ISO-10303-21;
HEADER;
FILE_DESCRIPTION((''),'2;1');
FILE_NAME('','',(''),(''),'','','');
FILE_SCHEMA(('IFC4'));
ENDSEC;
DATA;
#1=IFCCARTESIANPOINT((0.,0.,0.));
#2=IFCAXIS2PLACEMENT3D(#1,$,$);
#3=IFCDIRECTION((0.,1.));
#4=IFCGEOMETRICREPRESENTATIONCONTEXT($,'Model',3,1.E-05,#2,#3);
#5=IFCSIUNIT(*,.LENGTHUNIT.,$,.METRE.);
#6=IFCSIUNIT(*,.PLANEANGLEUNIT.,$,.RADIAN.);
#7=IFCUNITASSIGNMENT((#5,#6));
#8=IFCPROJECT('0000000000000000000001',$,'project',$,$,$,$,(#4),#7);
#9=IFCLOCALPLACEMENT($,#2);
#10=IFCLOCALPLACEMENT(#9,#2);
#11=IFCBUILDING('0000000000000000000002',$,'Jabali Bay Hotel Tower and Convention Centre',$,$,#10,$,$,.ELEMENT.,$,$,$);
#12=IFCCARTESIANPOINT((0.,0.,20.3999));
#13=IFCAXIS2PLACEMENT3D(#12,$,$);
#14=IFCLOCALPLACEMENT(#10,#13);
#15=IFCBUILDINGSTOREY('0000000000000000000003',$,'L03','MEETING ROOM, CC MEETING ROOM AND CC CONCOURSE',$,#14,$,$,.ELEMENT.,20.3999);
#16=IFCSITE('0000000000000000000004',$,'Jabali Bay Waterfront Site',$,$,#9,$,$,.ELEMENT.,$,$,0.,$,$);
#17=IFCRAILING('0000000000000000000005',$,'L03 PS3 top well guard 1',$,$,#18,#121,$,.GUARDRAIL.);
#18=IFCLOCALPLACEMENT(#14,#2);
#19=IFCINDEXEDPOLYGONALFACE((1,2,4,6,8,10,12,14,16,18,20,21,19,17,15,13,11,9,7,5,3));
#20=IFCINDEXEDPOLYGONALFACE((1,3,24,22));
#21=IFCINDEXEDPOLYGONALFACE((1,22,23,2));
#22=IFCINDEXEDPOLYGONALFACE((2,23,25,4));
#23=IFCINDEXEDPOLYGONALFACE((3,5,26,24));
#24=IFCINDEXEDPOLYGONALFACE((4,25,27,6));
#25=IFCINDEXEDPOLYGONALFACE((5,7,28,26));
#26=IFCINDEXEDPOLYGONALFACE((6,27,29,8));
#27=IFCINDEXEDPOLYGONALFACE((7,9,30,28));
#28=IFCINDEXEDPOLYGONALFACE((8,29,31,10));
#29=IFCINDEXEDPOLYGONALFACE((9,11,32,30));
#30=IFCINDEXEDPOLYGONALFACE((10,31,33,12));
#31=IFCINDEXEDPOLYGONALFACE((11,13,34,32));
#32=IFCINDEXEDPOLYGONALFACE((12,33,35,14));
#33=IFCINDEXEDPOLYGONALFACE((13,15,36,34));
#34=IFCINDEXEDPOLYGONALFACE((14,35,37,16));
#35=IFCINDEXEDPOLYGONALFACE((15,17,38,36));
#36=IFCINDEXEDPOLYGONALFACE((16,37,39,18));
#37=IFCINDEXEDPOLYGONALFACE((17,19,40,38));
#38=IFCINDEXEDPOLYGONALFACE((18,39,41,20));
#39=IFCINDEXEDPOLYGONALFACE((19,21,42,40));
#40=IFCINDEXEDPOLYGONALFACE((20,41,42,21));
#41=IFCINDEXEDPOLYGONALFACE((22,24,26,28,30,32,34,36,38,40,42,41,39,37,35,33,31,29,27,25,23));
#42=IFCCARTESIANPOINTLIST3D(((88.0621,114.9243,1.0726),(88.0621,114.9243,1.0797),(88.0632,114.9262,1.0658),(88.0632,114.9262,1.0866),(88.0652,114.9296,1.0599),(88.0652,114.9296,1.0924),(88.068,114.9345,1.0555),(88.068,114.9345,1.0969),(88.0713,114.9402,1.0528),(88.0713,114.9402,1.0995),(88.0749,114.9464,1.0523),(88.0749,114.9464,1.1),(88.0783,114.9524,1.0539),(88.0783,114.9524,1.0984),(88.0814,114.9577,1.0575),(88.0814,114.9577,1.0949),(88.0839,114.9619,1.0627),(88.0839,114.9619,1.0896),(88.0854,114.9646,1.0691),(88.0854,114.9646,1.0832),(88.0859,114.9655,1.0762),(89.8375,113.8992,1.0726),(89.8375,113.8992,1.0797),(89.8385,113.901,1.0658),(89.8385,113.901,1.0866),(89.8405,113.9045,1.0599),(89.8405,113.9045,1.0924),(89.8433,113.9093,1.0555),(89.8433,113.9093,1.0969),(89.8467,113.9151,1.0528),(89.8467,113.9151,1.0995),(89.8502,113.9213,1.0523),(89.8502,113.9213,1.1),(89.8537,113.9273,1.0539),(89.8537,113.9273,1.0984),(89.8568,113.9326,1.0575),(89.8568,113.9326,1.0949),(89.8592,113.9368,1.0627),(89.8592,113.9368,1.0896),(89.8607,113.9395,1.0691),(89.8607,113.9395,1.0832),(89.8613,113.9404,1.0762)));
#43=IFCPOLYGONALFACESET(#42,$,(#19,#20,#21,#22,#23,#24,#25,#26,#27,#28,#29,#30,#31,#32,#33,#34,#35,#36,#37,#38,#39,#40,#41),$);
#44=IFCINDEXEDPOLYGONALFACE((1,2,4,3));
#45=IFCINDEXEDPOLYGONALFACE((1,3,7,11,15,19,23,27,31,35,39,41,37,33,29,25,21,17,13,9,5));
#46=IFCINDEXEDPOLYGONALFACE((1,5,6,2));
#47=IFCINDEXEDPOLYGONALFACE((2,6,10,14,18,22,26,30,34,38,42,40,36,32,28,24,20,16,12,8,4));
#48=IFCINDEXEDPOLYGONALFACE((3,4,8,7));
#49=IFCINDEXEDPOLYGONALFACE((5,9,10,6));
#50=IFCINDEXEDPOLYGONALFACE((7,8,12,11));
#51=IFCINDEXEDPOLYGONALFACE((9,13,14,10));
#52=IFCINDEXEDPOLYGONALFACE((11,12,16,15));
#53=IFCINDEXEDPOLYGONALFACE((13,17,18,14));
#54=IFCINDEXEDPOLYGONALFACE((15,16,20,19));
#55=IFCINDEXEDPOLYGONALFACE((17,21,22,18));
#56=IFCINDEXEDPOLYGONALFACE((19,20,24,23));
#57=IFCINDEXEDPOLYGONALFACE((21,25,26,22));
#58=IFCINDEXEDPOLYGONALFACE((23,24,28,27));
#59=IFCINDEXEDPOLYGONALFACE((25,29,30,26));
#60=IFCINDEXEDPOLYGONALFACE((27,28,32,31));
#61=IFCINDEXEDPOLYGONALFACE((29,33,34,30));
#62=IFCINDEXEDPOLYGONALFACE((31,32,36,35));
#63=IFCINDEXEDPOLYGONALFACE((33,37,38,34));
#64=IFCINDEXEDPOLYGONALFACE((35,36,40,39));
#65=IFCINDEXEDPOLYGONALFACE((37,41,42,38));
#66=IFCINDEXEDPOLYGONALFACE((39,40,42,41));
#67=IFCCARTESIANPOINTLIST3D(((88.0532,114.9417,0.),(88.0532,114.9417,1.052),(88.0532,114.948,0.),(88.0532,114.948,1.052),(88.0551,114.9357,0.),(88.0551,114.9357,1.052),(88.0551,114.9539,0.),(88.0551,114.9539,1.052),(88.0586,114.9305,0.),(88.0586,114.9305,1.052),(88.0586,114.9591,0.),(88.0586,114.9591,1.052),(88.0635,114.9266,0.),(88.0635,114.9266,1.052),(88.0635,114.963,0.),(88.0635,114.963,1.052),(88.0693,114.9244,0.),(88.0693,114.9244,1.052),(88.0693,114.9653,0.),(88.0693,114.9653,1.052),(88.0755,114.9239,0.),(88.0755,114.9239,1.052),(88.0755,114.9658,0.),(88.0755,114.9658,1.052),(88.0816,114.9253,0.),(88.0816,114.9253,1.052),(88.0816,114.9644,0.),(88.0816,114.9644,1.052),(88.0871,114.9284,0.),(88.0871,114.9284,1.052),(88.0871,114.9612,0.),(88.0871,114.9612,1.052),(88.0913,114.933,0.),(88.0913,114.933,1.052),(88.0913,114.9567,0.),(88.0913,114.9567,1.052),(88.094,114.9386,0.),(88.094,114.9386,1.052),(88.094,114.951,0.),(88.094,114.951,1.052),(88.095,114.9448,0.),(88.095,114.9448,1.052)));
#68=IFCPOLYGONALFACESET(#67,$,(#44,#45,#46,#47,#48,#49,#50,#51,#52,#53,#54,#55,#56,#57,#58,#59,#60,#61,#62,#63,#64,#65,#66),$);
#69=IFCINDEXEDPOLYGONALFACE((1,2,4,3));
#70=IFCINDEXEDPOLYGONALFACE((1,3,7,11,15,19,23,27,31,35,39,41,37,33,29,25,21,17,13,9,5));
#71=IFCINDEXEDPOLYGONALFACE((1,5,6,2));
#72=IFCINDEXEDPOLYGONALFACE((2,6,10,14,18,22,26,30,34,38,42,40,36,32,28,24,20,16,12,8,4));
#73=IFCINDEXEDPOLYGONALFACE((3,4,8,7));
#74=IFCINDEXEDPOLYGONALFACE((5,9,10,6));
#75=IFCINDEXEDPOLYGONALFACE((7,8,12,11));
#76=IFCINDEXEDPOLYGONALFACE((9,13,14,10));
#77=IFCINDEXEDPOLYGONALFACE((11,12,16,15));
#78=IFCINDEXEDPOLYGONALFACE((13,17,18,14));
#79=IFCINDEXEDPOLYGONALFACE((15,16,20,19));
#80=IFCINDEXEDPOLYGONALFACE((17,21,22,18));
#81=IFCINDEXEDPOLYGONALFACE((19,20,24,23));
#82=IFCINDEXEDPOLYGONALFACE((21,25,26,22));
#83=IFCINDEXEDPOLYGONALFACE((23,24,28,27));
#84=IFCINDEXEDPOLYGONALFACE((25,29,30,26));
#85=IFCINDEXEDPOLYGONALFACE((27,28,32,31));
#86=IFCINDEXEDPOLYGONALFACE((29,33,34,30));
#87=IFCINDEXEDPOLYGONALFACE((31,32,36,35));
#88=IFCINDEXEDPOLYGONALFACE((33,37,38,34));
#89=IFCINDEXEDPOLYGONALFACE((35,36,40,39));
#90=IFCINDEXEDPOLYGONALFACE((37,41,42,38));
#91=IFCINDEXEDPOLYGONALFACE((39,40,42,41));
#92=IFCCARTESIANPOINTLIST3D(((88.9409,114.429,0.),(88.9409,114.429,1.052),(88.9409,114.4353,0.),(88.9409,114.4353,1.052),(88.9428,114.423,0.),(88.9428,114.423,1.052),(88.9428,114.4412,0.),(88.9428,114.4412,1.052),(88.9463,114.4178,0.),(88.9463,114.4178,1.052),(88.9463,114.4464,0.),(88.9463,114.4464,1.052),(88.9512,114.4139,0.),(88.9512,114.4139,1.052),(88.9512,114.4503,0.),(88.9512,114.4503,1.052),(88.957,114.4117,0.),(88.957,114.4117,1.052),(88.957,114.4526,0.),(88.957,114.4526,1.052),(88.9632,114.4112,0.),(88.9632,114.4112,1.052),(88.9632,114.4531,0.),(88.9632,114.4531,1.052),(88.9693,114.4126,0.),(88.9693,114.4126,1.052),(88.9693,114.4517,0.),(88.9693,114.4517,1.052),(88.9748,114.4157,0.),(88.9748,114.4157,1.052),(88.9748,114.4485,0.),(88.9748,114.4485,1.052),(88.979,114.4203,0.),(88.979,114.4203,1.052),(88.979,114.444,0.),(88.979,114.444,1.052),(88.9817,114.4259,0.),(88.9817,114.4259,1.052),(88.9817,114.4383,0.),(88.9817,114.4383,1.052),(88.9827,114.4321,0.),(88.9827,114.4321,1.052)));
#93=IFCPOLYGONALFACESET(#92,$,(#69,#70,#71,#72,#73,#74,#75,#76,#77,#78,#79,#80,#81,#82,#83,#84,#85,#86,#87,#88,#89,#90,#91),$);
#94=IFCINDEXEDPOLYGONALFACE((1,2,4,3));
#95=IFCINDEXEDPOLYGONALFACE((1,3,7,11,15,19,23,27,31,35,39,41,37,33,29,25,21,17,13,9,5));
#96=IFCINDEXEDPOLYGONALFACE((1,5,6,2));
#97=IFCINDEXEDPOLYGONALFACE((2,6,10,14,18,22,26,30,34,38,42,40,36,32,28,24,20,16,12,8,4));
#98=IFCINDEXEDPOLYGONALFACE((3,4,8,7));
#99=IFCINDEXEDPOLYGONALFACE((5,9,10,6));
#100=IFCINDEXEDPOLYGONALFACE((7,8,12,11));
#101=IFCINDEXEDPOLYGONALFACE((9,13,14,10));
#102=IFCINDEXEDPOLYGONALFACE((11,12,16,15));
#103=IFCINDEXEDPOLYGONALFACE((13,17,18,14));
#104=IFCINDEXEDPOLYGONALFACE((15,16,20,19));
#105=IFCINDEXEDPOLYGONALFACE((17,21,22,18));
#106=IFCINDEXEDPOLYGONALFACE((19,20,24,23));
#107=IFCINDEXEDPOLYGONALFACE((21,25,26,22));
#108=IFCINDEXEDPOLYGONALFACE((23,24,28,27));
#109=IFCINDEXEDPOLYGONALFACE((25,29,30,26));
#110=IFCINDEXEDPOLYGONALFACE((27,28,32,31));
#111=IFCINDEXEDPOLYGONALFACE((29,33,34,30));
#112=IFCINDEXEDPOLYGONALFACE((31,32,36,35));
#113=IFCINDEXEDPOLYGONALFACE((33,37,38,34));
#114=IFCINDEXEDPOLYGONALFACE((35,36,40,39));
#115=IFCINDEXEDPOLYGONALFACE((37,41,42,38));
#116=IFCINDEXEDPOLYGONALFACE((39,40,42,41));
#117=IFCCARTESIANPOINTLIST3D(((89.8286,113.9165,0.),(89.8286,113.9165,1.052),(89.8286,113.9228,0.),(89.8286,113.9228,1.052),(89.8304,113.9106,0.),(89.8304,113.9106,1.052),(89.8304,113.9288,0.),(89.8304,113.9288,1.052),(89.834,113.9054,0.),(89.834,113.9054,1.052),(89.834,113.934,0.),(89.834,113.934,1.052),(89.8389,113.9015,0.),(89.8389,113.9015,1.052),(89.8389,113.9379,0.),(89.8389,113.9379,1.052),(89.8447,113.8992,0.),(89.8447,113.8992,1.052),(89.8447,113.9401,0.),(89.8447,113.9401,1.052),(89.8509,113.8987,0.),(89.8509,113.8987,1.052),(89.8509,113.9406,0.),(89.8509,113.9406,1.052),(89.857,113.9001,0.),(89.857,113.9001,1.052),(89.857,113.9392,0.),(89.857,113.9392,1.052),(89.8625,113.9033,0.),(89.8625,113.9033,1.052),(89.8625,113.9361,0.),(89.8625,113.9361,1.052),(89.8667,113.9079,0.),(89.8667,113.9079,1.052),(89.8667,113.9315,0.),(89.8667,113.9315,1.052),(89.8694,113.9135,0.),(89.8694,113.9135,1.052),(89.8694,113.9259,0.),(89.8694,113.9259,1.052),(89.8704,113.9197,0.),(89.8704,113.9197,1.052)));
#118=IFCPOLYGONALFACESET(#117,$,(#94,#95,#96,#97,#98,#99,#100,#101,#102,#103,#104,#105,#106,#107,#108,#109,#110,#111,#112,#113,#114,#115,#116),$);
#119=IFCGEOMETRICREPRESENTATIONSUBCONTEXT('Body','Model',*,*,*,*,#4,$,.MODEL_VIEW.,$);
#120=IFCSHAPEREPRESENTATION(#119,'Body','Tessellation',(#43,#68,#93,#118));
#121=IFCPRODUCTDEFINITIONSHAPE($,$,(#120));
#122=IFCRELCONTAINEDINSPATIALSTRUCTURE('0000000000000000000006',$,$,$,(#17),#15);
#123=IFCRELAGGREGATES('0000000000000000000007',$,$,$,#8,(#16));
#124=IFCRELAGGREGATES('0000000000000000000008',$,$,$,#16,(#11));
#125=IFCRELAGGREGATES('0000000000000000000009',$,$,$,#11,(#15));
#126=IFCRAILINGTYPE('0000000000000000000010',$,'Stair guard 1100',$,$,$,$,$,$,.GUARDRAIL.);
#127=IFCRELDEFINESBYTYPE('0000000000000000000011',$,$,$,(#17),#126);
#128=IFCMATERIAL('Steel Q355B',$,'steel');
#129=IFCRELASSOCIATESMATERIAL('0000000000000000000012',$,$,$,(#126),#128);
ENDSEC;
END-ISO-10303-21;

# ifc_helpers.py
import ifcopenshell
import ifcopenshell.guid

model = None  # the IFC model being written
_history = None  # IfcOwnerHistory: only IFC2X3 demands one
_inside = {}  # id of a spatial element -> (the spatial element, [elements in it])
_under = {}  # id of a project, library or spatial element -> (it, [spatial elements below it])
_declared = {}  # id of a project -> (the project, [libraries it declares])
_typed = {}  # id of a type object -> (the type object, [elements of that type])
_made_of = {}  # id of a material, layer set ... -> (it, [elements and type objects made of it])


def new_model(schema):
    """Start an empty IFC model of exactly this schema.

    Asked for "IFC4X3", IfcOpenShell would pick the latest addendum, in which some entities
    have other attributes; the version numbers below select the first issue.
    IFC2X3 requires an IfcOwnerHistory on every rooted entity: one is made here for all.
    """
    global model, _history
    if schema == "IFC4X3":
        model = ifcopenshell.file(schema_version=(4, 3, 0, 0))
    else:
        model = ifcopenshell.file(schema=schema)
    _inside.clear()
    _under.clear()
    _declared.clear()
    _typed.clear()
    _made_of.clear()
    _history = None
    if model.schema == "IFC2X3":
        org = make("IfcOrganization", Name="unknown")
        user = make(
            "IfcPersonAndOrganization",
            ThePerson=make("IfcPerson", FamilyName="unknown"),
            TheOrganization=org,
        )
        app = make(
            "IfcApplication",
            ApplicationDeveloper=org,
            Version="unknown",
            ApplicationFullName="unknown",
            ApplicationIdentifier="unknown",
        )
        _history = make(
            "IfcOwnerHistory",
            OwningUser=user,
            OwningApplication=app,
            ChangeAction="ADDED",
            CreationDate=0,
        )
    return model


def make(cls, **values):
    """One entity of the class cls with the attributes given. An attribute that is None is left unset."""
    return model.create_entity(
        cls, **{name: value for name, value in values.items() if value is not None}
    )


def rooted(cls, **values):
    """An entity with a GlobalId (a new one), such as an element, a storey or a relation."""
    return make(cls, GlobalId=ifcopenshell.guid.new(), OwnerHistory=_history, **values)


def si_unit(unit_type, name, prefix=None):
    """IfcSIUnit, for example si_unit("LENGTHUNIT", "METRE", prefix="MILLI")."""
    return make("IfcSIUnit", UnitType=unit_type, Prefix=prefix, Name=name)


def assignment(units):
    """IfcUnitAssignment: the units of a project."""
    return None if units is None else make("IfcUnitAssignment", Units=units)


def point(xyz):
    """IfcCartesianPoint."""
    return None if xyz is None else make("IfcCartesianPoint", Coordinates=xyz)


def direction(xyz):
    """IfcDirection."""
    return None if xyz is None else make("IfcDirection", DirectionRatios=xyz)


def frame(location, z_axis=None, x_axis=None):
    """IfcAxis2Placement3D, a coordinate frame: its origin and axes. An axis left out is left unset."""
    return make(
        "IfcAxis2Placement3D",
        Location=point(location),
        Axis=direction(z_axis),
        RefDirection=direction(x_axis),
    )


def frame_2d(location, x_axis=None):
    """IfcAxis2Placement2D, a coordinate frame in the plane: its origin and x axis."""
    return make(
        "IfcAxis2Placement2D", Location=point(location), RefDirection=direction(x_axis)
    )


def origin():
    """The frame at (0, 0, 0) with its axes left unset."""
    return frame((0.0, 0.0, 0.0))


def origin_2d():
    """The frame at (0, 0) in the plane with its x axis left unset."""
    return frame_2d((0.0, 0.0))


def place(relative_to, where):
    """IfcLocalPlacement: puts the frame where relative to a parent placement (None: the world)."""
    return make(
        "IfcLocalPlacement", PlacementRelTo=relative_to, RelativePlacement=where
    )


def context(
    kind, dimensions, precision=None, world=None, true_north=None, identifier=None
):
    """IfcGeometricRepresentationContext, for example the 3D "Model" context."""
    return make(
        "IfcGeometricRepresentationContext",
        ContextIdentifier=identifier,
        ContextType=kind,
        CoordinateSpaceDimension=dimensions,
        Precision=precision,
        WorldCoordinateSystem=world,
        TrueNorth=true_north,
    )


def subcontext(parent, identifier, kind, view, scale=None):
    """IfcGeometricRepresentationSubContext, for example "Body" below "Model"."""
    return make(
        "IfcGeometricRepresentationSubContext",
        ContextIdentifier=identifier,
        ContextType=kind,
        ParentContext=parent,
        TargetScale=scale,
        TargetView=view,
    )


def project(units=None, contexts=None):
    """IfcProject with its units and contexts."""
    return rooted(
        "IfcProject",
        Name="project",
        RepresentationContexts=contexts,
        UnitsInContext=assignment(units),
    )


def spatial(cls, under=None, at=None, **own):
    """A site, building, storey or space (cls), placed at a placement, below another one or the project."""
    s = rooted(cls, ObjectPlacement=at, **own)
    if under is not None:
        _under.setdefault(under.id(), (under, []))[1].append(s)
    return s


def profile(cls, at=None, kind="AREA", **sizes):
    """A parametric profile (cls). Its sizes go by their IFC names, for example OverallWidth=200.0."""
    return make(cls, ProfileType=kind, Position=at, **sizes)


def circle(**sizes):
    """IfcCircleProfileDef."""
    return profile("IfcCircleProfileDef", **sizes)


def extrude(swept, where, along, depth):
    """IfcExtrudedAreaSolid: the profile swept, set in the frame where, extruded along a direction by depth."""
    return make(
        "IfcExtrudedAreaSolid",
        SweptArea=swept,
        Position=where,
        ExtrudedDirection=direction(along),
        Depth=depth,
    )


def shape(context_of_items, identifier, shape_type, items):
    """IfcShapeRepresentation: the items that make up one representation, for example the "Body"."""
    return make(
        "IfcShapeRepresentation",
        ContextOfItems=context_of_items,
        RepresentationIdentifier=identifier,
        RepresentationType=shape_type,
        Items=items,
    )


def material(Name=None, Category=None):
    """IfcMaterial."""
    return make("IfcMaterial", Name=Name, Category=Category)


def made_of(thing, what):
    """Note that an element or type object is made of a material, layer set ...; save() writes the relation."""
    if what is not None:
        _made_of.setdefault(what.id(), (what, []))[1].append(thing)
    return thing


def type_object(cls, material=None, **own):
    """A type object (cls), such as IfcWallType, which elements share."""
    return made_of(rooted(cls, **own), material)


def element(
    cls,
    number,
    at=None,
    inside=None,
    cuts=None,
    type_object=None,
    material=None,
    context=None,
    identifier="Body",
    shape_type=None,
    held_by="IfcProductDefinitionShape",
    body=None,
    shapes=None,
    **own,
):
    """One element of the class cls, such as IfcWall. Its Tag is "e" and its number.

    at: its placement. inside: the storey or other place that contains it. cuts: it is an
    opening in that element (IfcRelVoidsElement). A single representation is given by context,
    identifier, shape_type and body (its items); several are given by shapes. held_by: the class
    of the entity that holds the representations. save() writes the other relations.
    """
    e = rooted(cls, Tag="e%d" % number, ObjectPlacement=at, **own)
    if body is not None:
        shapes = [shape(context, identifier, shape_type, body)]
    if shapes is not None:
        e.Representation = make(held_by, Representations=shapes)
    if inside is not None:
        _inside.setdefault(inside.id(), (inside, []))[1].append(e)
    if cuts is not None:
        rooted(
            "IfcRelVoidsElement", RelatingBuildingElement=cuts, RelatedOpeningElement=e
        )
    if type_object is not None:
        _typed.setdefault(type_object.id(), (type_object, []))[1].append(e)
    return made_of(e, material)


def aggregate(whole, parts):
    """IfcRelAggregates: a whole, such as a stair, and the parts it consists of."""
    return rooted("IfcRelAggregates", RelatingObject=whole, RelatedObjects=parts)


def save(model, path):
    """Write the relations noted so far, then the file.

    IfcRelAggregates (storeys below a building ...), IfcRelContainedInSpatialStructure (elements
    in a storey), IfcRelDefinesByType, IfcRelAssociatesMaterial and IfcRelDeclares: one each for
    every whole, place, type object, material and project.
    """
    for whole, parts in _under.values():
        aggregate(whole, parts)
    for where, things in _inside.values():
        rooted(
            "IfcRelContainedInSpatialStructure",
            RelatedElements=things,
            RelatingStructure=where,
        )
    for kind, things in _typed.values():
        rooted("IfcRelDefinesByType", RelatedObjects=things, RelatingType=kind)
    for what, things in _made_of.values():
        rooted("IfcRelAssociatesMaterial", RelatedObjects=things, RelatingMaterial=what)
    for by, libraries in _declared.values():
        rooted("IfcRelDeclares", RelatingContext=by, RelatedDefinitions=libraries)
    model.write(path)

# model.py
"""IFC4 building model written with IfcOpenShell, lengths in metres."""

from ifc_helpers import new_model, si_unit, direction, frame, origin, origin_2d, place, context, subcontext, project, spatial, circle, extrude, material, type_object, element, save


model = new_model("IFC4")

# Units and contexts
model_context = context("Model", 3, precision=1e-05, world=origin(), true_north=direction((0.0, 1.0)))
body_context = subcontext(model_context, "Body", "Model", "MODEL_VIEW")
ifc_project = project(units=[si_unit("LENGTHUNIT", "METRE"), si_unit("PLANEANGLEUNIT", "RADIAN")], contexts=[model_context])

# Site, building, storey
site_placement = place(None, origin())
site = spatial("IfcSite", under=ifc_project, at=site_placement, Name="Jabali Bay Waterfront Site", CompositionType="ELEMENT", RefElevation=0.0)
building_placement = place(site_placement, origin())
building = spatial("IfcBuilding", under=site, at=building_placement, Name="Jabali Bay Hotel Tower and Convention Centre", CompositionType="ELEMENT")
storey_placement = place(building_placement, frame((0.0, 0.0, 20.3999)))
storey = spatial("IfcBuildingStorey", under=building, at=storey_placement, Name="L03", Description="MEETING ROOM, CC MEETING ROOM AND CC CONCOURSE", CompositionType="ELEMENT", Elevation=20.3999)

# Railing
ifc_material_1 = material(Name="Steel Q355B", Category="steel")
railing_type_1 = type_object("IfcRailingType", Name="Stair guard 1100", PredefinedType="GUARDRAIL", material=ifc_material_1)
railing_1_placement = place(storey_placement, frame((88.074, 114.9448, 0.0)))
element("IfcRailing", 1, at=railing_1_placement, inside=storey, type_object=railing_type_1, Name="L03 PS3 top well guard 1", PredefinedType="GUARDRAIL", context=body_context, shape_type="SweptSolid", body=[
    extrude(circle(Radius=0.0239, at=origin_2d()), frame((0.0, 0.0, 1.0762), z_axis=(0.865999, -0.500045, 0.0), x_axis=(0.500045, 0.865999, 0.0)), (0.0, 0.0, 1.0), 2.05),
    extrude(circle(Radius=0.021, at=origin_2d()), origin(), (0.0, 0.0, 1.0), 1.052),
    extrude(circle(Radius=0.021, at=origin_2d()), frame((0.8877, -0.5127, 0.0)), (0.0, 0.0, 1.0), 1.052),
    extrude(circle(Radius=0.021, at=origin_2d()), frame((1.7754, -1.0251, 0.0)), (0.0, 0.0, 1.0), 1.052),
])

save(model, "model.ifc")
